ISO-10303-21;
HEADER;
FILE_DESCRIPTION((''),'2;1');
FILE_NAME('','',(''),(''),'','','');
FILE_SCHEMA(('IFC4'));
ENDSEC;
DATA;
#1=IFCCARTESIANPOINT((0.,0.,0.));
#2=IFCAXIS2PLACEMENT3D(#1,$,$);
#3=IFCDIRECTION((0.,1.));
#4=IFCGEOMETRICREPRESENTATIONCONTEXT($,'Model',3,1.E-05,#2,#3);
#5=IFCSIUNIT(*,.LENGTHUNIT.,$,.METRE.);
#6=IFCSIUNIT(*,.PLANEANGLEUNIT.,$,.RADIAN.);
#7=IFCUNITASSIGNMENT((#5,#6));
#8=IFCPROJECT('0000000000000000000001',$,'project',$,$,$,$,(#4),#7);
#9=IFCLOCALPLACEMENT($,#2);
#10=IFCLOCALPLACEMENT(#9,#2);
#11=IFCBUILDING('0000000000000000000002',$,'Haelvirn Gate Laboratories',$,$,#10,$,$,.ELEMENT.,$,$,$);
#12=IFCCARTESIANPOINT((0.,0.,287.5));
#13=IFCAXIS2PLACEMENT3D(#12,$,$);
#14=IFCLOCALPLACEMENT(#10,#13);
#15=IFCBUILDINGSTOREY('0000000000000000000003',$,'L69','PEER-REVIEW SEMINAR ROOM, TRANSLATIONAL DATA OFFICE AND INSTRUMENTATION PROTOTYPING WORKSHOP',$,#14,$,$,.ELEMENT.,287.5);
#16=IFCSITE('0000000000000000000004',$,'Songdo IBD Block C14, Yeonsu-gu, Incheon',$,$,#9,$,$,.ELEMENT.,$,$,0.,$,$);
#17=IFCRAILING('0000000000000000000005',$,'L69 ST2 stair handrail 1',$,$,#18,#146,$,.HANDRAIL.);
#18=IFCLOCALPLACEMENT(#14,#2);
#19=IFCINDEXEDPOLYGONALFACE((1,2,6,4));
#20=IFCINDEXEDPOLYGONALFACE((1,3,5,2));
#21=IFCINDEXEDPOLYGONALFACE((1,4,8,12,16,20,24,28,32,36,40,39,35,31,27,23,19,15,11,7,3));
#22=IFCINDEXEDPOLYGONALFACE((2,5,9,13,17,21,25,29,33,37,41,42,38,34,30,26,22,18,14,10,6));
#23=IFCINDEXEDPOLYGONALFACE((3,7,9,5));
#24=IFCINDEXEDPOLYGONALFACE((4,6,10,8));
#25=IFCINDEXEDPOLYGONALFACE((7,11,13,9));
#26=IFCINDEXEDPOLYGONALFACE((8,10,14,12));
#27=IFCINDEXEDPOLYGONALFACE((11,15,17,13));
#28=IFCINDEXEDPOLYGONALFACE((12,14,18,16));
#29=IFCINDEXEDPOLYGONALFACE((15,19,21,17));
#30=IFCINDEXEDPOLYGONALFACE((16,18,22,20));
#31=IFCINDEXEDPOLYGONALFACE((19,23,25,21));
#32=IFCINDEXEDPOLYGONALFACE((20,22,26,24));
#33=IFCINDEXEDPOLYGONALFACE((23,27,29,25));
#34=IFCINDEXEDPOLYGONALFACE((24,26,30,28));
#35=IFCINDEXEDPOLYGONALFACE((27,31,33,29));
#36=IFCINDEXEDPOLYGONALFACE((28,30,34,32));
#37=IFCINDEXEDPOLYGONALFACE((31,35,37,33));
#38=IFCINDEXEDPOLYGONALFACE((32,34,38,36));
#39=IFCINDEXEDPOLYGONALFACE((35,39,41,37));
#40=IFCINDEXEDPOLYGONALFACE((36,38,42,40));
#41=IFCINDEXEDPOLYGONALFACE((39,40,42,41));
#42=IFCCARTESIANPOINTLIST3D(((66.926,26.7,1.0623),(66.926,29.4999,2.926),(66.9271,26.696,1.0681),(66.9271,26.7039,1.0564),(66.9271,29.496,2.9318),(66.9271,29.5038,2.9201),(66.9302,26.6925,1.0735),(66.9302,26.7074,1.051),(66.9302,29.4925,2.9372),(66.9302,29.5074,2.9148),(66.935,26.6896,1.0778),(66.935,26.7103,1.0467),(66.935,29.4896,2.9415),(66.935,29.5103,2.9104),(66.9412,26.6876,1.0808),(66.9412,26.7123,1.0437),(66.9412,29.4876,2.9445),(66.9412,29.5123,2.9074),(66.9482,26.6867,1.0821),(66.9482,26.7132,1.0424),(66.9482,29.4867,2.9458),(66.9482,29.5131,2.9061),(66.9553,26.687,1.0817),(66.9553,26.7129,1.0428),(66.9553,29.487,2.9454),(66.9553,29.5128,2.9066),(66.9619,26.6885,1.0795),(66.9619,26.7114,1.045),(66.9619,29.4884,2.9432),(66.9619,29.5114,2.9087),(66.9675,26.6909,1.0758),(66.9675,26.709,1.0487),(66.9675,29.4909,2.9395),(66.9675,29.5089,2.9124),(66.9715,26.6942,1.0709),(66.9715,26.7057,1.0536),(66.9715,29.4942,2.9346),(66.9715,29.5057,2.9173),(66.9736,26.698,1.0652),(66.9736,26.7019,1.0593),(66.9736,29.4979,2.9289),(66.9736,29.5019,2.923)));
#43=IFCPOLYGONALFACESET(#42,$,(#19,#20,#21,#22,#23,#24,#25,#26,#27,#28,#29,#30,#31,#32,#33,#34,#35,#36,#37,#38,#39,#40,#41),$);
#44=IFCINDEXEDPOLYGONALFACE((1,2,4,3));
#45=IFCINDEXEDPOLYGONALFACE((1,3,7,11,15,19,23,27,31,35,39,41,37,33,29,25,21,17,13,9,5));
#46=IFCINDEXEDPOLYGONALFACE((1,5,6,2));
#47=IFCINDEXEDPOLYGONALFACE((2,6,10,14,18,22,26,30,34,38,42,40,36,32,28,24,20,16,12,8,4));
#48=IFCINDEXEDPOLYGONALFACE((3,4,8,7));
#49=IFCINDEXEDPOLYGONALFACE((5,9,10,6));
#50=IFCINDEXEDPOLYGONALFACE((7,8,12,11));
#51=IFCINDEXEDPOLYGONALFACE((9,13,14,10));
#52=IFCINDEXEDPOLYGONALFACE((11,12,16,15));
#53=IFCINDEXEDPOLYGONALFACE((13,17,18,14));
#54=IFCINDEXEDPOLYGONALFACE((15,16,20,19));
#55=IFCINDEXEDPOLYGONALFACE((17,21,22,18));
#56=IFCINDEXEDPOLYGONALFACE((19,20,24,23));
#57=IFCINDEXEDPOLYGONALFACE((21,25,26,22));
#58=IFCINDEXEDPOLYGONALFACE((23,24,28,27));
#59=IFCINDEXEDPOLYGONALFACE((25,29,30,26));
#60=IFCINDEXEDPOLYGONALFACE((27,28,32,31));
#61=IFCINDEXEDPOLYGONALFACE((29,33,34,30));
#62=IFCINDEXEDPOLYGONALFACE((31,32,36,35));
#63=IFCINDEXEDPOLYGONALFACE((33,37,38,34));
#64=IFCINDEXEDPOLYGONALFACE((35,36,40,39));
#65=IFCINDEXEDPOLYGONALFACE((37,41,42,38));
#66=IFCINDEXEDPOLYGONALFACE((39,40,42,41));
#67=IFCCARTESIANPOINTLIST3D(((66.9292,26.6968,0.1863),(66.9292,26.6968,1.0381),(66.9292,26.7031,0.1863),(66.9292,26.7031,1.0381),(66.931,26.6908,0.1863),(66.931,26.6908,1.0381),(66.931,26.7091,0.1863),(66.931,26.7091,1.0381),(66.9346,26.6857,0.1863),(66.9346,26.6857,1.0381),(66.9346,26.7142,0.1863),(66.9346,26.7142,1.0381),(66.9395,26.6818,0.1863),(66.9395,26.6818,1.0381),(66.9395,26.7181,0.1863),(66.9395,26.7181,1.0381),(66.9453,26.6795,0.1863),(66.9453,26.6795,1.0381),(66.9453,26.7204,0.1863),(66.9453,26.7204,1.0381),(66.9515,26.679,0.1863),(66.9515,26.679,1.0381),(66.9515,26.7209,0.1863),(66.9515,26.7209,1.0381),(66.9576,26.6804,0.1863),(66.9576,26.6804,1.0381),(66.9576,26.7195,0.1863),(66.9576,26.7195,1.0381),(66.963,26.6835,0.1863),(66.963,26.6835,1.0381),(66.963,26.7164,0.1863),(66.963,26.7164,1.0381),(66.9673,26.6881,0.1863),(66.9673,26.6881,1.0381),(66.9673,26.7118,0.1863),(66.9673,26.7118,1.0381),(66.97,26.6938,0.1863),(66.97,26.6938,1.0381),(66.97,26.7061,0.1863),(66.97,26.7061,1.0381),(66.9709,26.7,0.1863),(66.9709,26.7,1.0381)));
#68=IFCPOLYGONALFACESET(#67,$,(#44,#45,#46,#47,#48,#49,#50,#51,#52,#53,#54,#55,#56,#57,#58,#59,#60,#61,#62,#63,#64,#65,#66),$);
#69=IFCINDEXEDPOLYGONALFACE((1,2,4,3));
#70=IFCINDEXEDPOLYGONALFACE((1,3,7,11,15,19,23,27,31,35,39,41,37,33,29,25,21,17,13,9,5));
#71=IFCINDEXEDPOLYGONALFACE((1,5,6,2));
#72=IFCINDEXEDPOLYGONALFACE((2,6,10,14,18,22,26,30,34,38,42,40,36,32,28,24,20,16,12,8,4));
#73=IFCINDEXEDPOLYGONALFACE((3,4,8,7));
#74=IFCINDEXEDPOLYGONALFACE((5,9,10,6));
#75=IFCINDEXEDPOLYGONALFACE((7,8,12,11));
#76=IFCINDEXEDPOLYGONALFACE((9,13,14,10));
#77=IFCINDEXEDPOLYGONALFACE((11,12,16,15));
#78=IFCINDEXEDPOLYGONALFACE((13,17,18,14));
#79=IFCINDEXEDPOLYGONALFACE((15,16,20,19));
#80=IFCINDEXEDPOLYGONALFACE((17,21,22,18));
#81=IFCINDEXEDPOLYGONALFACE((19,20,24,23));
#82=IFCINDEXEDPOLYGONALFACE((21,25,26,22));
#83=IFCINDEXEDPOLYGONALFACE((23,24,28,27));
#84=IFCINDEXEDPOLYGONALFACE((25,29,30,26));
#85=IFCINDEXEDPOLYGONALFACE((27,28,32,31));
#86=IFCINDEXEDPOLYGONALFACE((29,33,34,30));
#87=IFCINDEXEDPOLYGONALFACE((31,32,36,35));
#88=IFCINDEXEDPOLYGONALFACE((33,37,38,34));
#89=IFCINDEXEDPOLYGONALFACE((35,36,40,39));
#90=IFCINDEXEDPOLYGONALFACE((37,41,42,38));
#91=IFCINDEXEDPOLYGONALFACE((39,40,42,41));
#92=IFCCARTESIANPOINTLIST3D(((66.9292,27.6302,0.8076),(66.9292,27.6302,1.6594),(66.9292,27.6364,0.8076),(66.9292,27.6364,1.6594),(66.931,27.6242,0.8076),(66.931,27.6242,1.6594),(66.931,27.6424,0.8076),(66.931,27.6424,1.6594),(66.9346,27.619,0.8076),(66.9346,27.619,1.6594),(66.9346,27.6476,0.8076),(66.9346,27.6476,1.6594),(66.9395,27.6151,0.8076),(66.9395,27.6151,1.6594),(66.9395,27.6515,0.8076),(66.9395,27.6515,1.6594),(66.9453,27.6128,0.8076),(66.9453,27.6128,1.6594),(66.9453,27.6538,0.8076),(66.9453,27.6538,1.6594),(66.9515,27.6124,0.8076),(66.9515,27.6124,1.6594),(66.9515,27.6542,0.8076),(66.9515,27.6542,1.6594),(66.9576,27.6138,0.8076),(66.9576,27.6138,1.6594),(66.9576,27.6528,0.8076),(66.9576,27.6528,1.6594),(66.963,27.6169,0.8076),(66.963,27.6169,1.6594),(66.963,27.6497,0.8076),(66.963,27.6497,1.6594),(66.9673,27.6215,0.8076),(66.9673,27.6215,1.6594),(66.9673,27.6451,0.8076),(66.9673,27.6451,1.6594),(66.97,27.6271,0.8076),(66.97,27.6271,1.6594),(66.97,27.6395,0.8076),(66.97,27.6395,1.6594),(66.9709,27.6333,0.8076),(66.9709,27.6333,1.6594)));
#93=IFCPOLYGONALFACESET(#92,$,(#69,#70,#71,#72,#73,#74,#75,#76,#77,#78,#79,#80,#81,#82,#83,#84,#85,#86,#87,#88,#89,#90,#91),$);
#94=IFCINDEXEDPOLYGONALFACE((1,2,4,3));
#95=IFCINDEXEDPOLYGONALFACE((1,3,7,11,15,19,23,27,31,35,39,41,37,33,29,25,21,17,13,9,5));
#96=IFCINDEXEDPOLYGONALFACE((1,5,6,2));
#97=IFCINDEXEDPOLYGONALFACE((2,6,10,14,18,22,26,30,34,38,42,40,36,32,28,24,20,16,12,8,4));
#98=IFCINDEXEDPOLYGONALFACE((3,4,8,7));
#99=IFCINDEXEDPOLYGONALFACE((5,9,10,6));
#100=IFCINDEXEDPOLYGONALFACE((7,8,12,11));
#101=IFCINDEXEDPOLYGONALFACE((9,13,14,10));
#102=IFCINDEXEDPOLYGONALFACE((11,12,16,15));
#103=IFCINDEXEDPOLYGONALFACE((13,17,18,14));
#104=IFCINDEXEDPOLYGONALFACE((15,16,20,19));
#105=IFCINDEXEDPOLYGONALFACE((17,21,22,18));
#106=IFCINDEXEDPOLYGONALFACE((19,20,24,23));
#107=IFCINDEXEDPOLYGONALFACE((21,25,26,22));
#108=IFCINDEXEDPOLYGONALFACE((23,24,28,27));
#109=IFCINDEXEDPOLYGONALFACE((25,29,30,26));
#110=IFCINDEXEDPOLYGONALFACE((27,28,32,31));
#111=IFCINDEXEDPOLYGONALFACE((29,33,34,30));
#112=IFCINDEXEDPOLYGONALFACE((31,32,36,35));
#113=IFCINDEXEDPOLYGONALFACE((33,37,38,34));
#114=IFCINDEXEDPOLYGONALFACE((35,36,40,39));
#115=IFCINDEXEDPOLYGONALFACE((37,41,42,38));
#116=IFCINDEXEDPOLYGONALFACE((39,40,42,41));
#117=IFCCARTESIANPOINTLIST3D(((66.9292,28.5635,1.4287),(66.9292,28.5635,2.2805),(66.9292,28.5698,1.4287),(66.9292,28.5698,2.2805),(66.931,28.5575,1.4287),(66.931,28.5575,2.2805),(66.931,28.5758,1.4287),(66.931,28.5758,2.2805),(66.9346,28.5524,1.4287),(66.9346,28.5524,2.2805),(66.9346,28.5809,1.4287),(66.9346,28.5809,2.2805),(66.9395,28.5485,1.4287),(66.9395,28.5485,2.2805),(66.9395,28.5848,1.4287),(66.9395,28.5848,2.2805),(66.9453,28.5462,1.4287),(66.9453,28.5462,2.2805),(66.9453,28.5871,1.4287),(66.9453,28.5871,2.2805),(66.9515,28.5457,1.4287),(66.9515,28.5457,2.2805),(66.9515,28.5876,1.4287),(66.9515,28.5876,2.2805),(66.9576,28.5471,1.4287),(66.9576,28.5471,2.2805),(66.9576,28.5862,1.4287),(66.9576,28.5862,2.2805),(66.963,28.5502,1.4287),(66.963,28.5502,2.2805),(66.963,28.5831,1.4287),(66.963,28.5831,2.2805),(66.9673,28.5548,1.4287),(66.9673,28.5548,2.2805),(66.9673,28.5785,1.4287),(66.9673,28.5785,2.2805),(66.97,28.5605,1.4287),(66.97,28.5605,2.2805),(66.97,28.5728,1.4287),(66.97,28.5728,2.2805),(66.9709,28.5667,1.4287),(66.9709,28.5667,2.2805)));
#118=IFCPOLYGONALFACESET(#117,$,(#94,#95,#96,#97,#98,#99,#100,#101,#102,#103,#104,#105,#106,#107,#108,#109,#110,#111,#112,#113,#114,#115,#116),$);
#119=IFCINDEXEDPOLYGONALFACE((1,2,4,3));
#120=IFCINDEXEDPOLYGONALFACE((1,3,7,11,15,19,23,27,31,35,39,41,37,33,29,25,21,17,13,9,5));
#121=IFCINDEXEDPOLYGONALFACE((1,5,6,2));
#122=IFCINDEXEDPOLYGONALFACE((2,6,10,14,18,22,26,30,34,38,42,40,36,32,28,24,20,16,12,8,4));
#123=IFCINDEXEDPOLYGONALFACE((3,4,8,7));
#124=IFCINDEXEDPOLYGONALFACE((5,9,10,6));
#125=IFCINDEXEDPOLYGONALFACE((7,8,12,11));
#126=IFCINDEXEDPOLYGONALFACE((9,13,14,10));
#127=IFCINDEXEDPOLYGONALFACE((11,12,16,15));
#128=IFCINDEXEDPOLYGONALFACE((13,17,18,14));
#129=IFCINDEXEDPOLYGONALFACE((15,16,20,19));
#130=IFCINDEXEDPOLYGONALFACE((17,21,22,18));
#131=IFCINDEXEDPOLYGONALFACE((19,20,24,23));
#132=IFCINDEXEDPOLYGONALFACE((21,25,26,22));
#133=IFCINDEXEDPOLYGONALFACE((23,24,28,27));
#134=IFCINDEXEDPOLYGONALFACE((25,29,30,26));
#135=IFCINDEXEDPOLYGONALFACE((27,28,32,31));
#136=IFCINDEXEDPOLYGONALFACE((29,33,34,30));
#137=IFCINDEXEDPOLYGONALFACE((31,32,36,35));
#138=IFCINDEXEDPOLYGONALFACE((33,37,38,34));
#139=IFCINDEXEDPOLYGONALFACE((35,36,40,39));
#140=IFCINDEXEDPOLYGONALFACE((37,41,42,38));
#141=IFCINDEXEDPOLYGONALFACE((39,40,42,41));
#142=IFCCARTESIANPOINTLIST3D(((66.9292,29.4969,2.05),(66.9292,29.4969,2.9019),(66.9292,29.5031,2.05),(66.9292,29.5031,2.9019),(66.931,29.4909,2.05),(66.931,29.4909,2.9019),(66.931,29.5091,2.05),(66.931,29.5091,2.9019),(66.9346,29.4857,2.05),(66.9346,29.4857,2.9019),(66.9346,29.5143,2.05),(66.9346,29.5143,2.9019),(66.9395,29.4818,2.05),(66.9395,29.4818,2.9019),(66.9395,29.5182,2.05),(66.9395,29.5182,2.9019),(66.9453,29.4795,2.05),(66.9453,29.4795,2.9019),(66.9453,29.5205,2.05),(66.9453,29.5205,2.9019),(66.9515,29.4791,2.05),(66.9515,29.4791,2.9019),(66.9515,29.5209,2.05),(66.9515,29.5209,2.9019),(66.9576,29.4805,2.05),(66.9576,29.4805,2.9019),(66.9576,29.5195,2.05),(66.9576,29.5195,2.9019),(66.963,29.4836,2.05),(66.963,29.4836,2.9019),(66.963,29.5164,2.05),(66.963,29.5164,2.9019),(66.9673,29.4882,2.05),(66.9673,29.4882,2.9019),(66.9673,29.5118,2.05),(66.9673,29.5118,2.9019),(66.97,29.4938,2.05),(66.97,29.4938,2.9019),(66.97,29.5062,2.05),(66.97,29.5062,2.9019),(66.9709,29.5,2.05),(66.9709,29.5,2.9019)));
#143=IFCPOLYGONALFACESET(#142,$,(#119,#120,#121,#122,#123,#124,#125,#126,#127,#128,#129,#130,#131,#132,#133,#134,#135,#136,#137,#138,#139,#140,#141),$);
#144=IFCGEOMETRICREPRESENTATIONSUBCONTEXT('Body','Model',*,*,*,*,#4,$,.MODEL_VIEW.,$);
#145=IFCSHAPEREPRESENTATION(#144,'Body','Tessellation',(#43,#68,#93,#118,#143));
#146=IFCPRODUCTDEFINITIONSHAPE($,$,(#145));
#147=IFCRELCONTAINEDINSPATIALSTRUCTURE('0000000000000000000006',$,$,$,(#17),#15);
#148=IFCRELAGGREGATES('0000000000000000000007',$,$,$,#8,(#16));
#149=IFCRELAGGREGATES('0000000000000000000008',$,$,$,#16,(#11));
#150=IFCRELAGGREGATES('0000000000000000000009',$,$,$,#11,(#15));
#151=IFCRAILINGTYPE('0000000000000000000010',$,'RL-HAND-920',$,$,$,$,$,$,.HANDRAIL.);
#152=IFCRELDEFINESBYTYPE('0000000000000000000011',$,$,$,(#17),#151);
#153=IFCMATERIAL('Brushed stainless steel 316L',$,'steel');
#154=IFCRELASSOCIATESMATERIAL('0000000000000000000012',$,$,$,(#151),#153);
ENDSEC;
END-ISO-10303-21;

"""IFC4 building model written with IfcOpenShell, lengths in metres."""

from ifc_helpers import new_model, si_unit, direction, frame, origin, origin_2d, place, context, subcontext, project, spatial, circle, extrude, source, transform, mapped, material, type_object, element, save


model = new_model("IFC4")

# Units and contexts
model_context = context("Model", 3, precision=1e-05, world=origin(), true_north=direction((0.0, 1.0)))
body_context = subcontext(model_context, "Body", "Model", "MODEL_VIEW")
ifc_project = project(units=[si_unit("LENGTHUNIT", "METRE"), si_unit("PLANEANGLEUNIT", "RADIAN")], contexts=[model_context])

# Site, building, storey
site_placement = place(None, origin())
site = spatial("IfcSite", under=ifc_project, at=site_placement, Name="Songdo IBD Block C14, Yeonsu-gu, Incheon", CompositionType="ELEMENT", RefElevation=0.0)
building_placement = place(site_placement, origin())
building = spatial("IfcBuilding", under=site, at=building_placement, Name="Haelvirn Gate Laboratories", CompositionType="ELEMENT")
storey_placement = place(building_placement, frame((0.0, 0.0, 287.5)))
storey = spatial("IfcBuildingStorey", under=building, at=storey_placement, Name="L69", Description="PEER-REVIEW SEMINAR ROOM, TRANSLATIONAL DATA OFFICE AND INSTRUMENTATION PROTOTYPING WORKSHOP", CompositionType="ELEMENT", Elevation=287.5)

# Railing
ifc_material_1 = material(Name="Brushed stainless steel 316L", Category="steel")
railing_type_1 = type_object("IfcRailingType", Name="RL-HAND-920", PredefinedType="HANDRAIL", material=ifc_material_1)
shared_shape_1 = source(origin(), body_context, "Body", "SweptSolid", [
    extrude(circle(Radius=0.0239, at=origin_2d()), frame((0.0, 0.0, 0.876), z_axis=(0.0, 0.832452, 0.554097), x_axis=(-1.0, 0.0, 0.0)), (0.0, 0.0, 1.0), 3.3635),
    extrude(circle(Radius=0.021, at=origin_2d()), origin(), (0.0, 0.0, 1.0), 0.8518),
    extrude(circle(Radius=0.021, at=origin_2d()), frame((0.0, 0.9333, 0.6213)), (0.0, 0.0, 1.0), 0.8518),
    extrude(circle(Radius=0.021, at=origin_2d()), frame((0.0, 1.8667, 1.2424)), (0.0, 0.0, 1.0), 0.8518),
    extrude(circle(Radius=0.021, at=origin_2d()), frame((0.0, 2.8, 1.8638)), (0.0, 0.0, 1.0), 0.8518),
])
railing_1_placement = place(storey_placement, frame((66.95, 26.7, 0.1863)))
element("IfcRailing", 1, at=railing_1_placement, inside=storey, type_object=railing_type_1, Name="L69 ST2 stair handrail 1", PredefinedType="HANDRAIL", context=body_context, shape_type="MappedRepresentation", body=[
    mapped(shared_shape_1, transform((0.0, 0.0, 0.0), scale=1.0)),
])

save(model, "model.ifc")
